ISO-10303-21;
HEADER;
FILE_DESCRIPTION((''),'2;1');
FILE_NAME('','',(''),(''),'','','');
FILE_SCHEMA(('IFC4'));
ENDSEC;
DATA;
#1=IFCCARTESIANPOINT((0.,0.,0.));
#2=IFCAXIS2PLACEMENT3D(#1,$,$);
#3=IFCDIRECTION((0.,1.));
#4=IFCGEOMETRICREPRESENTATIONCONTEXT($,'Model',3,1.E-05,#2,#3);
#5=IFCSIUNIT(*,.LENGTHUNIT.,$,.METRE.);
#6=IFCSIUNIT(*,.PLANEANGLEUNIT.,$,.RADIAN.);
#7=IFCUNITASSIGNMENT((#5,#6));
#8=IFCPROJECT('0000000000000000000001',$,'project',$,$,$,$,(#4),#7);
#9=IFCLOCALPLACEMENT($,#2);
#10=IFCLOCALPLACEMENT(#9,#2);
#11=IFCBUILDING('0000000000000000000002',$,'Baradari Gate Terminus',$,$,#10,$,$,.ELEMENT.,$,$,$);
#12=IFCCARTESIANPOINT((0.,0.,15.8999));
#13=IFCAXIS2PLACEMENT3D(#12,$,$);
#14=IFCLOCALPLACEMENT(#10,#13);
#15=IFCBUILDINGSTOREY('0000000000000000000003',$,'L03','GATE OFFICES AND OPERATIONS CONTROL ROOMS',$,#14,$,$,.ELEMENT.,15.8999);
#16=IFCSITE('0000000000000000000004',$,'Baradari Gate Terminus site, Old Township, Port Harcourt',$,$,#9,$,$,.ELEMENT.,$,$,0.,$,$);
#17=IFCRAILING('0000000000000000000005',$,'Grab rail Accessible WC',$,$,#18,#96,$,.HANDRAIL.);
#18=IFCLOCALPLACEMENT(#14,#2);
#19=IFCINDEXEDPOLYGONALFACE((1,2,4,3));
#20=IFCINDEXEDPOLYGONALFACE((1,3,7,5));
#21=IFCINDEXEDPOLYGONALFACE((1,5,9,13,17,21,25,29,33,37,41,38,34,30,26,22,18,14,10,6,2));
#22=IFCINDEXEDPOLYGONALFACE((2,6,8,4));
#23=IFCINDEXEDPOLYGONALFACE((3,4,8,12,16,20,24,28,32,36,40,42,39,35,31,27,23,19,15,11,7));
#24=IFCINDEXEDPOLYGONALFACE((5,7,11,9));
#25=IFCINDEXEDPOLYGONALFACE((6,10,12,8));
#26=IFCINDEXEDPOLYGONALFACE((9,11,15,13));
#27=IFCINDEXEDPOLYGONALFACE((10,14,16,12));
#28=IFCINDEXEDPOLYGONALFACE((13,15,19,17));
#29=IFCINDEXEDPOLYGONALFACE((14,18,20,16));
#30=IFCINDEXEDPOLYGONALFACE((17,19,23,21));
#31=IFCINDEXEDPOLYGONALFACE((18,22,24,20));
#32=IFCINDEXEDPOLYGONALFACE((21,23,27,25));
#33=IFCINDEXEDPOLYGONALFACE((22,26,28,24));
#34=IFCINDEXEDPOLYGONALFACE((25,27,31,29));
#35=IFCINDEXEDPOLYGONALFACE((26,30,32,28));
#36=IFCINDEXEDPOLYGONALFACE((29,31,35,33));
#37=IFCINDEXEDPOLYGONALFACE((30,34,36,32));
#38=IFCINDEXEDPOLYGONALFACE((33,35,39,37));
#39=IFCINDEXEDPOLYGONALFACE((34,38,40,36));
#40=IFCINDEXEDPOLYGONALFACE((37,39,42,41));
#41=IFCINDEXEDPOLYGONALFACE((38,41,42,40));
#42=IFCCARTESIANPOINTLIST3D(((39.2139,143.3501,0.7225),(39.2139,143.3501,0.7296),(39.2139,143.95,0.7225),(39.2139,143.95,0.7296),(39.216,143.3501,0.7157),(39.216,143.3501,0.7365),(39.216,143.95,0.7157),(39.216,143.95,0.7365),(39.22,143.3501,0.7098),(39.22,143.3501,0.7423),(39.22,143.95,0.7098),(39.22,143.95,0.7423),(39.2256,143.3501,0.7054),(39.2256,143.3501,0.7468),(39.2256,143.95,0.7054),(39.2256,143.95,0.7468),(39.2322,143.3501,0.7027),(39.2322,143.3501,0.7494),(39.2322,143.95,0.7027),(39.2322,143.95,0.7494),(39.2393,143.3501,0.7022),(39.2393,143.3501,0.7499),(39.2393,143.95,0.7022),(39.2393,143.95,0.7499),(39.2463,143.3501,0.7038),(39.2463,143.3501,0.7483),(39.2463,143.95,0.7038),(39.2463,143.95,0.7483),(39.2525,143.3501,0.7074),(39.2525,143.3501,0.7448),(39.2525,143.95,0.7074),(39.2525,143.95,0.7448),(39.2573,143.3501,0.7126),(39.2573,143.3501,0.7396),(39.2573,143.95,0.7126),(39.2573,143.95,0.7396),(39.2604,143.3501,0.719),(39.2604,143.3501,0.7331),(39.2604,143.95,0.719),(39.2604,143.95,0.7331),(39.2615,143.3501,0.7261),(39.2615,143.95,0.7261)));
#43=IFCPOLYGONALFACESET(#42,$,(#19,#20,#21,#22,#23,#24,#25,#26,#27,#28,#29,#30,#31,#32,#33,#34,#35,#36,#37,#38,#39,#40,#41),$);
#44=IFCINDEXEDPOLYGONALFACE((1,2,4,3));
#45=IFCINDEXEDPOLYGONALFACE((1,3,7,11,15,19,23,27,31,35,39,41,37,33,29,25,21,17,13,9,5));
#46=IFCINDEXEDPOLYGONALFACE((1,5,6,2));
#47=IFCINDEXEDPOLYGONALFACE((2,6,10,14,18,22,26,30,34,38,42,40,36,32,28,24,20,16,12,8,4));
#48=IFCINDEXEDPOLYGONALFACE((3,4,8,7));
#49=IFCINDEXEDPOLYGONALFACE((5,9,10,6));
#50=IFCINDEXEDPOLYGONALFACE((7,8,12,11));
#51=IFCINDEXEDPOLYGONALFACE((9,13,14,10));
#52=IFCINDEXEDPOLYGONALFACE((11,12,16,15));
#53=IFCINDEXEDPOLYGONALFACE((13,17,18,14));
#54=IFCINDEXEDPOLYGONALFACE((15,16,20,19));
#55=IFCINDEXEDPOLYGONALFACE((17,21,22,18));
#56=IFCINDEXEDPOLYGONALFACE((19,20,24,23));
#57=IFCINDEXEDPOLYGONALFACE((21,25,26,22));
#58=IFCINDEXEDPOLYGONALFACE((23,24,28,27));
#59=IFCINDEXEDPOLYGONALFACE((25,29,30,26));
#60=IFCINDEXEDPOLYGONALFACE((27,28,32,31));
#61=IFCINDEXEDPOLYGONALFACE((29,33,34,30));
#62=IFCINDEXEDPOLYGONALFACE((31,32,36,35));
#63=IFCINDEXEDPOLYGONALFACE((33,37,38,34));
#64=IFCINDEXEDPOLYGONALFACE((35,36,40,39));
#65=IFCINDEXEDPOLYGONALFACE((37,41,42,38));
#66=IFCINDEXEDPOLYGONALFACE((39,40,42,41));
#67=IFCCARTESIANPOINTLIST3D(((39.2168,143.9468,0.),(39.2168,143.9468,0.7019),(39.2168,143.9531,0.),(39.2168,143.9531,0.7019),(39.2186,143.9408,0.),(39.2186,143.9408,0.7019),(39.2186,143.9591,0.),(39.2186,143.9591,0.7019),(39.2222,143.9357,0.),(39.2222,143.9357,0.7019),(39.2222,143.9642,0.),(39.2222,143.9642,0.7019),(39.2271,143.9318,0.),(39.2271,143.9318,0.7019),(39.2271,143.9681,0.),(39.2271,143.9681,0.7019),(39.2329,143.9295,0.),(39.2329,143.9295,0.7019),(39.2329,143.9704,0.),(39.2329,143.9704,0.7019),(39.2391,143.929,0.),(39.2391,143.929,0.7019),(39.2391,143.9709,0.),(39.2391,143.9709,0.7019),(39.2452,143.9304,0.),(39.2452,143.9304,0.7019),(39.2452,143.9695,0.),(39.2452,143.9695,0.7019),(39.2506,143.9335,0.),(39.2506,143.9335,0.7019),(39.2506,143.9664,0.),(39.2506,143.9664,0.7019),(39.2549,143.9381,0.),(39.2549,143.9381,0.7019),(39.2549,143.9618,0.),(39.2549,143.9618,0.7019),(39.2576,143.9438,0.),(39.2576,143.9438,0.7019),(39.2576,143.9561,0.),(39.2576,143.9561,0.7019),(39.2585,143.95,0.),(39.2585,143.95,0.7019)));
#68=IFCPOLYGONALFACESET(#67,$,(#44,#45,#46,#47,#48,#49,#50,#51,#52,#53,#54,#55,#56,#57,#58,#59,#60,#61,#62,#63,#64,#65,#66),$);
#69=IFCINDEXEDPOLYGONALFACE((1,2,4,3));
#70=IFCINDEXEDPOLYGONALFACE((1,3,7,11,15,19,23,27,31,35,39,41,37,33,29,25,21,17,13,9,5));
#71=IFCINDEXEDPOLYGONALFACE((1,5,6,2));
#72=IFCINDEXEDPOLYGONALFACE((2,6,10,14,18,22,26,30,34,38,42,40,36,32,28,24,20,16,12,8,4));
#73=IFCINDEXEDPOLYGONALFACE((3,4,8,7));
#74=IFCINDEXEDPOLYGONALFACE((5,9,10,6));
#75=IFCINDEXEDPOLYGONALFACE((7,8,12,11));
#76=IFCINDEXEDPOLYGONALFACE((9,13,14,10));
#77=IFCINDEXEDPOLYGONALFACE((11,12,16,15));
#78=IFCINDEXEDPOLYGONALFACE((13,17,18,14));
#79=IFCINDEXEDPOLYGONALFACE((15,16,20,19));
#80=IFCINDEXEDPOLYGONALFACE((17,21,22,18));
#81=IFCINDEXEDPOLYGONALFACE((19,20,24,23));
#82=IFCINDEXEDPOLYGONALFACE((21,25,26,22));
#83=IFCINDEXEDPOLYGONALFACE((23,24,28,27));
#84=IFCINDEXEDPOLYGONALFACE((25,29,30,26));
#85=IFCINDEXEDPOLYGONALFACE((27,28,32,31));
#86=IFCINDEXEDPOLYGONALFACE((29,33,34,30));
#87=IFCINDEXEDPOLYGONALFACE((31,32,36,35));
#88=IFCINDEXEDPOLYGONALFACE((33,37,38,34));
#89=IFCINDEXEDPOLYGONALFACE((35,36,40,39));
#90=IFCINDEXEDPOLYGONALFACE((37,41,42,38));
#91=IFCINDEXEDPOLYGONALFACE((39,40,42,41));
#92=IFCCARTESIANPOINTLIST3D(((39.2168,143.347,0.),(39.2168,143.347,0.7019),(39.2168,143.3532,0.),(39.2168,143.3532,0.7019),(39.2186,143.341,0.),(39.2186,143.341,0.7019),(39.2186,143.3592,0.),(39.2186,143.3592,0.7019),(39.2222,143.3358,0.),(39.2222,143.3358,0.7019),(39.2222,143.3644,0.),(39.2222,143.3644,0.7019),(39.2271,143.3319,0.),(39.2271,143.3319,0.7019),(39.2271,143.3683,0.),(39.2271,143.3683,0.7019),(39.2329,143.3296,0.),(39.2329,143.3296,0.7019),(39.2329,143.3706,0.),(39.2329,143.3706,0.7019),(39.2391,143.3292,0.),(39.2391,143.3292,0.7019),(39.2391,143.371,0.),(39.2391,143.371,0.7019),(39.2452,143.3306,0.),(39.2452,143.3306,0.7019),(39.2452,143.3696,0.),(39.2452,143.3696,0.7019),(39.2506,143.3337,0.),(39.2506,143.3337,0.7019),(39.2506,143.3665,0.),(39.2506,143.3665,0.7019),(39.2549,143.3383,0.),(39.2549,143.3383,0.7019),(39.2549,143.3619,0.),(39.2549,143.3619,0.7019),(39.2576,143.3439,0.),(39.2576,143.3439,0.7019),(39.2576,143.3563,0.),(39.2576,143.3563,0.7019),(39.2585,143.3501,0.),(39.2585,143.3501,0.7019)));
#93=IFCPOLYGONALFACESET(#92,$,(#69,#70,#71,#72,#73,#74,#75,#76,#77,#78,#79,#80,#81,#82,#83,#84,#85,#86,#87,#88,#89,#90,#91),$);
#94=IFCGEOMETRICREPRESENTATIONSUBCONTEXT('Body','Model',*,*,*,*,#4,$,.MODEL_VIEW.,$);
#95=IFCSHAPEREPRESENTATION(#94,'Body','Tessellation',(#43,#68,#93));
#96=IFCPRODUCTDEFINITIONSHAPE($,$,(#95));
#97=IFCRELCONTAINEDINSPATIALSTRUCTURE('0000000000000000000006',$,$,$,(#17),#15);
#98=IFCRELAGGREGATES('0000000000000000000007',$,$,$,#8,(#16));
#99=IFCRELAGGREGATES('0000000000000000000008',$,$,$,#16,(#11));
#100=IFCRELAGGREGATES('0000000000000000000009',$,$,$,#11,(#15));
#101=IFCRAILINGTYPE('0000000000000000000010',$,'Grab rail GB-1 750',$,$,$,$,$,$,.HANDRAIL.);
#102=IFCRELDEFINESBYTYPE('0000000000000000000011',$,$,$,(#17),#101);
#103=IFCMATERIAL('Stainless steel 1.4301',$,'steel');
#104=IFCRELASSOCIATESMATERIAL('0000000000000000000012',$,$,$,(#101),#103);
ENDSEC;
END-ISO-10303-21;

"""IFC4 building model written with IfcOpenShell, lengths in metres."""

from ifc_helpers import new_model, si_unit, direction, frame, origin, origin_2d, place, context, subcontext, project, spatial, circle, extrude, material, type_object, element, save


model = new_model("IFC4")

# Units and contexts
model_context = context("Model", 3, precision=1e-05, world=origin(), true_north=direction((0.0, 1.0)))
body_context = subcontext(model_context, "Body", "Model", "MODEL_VIEW")
ifc_project = project(units=[si_unit("LENGTHUNIT", "METRE"), si_unit("PLANEANGLEUNIT", "RADIAN")], contexts=[model_context])

# Site, building, storey
site_placement = place(None, origin())
site = spatial("IfcSite", under=ifc_project, at=site_placement, Name="Baradari Gate Terminus site, Old Township, Port Harcourt", CompositionType="ELEMENT", RefElevation=0.0)
building_placement = place(site_placement, origin())
building = spatial("IfcBuilding", under=site, at=building_placement, Name="Baradari Gate Terminus", CompositionType="ELEMENT")
storey_placement = place(building_placement, frame((0.0, 0.0, 15.8999)))
storey = spatial("IfcBuildingStorey", under=building, at=storey_placement, Name="L03", Description="GATE OFFICES AND OPERATIONS CONTROL ROOMS", CompositionType="ELEMENT", Elevation=15.8999)

# Railing
ifc_material_1 = material(Name="Stainless steel 1.4301", Category="steel")
railing_type_1 = type_object("IfcRailingType", Name="Grab rail GB-1 750", PredefinedType="HANDRAIL", material=ifc_material_1)
railing_placement = place(storey_placement, frame((39.2375, 143.95, 0.0)))
element("IfcRailing", 1, at=railing_placement, inside=storey, type_object=railing_type_1, Name="Grab rail Accessible WC", PredefinedType="HANDRAIL", context=body_context, shape_type="SweptSolid", body=[
    extrude(circle(Radius=0.0239, at=origin_2d()), frame((0.0, 0.0, 0.7261), z_axis=(0.0, -1.0, 0.0), x_axis=(1.0, 0.0, 0.0)), (0.0, 0.0, 1.0), 0.5999),
    extrude(circle(Radius=0.021, at=origin_2d()), origin(), (0.0, 0.0, 1.0), 0.7019),
    extrude(circle(Radius=0.021, at=origin_2d()), frame((0.0, -0.5999, 0.0)), (0.0, 0.0, 1.0), 0.7019),
])

save(model, "model.ifc")
